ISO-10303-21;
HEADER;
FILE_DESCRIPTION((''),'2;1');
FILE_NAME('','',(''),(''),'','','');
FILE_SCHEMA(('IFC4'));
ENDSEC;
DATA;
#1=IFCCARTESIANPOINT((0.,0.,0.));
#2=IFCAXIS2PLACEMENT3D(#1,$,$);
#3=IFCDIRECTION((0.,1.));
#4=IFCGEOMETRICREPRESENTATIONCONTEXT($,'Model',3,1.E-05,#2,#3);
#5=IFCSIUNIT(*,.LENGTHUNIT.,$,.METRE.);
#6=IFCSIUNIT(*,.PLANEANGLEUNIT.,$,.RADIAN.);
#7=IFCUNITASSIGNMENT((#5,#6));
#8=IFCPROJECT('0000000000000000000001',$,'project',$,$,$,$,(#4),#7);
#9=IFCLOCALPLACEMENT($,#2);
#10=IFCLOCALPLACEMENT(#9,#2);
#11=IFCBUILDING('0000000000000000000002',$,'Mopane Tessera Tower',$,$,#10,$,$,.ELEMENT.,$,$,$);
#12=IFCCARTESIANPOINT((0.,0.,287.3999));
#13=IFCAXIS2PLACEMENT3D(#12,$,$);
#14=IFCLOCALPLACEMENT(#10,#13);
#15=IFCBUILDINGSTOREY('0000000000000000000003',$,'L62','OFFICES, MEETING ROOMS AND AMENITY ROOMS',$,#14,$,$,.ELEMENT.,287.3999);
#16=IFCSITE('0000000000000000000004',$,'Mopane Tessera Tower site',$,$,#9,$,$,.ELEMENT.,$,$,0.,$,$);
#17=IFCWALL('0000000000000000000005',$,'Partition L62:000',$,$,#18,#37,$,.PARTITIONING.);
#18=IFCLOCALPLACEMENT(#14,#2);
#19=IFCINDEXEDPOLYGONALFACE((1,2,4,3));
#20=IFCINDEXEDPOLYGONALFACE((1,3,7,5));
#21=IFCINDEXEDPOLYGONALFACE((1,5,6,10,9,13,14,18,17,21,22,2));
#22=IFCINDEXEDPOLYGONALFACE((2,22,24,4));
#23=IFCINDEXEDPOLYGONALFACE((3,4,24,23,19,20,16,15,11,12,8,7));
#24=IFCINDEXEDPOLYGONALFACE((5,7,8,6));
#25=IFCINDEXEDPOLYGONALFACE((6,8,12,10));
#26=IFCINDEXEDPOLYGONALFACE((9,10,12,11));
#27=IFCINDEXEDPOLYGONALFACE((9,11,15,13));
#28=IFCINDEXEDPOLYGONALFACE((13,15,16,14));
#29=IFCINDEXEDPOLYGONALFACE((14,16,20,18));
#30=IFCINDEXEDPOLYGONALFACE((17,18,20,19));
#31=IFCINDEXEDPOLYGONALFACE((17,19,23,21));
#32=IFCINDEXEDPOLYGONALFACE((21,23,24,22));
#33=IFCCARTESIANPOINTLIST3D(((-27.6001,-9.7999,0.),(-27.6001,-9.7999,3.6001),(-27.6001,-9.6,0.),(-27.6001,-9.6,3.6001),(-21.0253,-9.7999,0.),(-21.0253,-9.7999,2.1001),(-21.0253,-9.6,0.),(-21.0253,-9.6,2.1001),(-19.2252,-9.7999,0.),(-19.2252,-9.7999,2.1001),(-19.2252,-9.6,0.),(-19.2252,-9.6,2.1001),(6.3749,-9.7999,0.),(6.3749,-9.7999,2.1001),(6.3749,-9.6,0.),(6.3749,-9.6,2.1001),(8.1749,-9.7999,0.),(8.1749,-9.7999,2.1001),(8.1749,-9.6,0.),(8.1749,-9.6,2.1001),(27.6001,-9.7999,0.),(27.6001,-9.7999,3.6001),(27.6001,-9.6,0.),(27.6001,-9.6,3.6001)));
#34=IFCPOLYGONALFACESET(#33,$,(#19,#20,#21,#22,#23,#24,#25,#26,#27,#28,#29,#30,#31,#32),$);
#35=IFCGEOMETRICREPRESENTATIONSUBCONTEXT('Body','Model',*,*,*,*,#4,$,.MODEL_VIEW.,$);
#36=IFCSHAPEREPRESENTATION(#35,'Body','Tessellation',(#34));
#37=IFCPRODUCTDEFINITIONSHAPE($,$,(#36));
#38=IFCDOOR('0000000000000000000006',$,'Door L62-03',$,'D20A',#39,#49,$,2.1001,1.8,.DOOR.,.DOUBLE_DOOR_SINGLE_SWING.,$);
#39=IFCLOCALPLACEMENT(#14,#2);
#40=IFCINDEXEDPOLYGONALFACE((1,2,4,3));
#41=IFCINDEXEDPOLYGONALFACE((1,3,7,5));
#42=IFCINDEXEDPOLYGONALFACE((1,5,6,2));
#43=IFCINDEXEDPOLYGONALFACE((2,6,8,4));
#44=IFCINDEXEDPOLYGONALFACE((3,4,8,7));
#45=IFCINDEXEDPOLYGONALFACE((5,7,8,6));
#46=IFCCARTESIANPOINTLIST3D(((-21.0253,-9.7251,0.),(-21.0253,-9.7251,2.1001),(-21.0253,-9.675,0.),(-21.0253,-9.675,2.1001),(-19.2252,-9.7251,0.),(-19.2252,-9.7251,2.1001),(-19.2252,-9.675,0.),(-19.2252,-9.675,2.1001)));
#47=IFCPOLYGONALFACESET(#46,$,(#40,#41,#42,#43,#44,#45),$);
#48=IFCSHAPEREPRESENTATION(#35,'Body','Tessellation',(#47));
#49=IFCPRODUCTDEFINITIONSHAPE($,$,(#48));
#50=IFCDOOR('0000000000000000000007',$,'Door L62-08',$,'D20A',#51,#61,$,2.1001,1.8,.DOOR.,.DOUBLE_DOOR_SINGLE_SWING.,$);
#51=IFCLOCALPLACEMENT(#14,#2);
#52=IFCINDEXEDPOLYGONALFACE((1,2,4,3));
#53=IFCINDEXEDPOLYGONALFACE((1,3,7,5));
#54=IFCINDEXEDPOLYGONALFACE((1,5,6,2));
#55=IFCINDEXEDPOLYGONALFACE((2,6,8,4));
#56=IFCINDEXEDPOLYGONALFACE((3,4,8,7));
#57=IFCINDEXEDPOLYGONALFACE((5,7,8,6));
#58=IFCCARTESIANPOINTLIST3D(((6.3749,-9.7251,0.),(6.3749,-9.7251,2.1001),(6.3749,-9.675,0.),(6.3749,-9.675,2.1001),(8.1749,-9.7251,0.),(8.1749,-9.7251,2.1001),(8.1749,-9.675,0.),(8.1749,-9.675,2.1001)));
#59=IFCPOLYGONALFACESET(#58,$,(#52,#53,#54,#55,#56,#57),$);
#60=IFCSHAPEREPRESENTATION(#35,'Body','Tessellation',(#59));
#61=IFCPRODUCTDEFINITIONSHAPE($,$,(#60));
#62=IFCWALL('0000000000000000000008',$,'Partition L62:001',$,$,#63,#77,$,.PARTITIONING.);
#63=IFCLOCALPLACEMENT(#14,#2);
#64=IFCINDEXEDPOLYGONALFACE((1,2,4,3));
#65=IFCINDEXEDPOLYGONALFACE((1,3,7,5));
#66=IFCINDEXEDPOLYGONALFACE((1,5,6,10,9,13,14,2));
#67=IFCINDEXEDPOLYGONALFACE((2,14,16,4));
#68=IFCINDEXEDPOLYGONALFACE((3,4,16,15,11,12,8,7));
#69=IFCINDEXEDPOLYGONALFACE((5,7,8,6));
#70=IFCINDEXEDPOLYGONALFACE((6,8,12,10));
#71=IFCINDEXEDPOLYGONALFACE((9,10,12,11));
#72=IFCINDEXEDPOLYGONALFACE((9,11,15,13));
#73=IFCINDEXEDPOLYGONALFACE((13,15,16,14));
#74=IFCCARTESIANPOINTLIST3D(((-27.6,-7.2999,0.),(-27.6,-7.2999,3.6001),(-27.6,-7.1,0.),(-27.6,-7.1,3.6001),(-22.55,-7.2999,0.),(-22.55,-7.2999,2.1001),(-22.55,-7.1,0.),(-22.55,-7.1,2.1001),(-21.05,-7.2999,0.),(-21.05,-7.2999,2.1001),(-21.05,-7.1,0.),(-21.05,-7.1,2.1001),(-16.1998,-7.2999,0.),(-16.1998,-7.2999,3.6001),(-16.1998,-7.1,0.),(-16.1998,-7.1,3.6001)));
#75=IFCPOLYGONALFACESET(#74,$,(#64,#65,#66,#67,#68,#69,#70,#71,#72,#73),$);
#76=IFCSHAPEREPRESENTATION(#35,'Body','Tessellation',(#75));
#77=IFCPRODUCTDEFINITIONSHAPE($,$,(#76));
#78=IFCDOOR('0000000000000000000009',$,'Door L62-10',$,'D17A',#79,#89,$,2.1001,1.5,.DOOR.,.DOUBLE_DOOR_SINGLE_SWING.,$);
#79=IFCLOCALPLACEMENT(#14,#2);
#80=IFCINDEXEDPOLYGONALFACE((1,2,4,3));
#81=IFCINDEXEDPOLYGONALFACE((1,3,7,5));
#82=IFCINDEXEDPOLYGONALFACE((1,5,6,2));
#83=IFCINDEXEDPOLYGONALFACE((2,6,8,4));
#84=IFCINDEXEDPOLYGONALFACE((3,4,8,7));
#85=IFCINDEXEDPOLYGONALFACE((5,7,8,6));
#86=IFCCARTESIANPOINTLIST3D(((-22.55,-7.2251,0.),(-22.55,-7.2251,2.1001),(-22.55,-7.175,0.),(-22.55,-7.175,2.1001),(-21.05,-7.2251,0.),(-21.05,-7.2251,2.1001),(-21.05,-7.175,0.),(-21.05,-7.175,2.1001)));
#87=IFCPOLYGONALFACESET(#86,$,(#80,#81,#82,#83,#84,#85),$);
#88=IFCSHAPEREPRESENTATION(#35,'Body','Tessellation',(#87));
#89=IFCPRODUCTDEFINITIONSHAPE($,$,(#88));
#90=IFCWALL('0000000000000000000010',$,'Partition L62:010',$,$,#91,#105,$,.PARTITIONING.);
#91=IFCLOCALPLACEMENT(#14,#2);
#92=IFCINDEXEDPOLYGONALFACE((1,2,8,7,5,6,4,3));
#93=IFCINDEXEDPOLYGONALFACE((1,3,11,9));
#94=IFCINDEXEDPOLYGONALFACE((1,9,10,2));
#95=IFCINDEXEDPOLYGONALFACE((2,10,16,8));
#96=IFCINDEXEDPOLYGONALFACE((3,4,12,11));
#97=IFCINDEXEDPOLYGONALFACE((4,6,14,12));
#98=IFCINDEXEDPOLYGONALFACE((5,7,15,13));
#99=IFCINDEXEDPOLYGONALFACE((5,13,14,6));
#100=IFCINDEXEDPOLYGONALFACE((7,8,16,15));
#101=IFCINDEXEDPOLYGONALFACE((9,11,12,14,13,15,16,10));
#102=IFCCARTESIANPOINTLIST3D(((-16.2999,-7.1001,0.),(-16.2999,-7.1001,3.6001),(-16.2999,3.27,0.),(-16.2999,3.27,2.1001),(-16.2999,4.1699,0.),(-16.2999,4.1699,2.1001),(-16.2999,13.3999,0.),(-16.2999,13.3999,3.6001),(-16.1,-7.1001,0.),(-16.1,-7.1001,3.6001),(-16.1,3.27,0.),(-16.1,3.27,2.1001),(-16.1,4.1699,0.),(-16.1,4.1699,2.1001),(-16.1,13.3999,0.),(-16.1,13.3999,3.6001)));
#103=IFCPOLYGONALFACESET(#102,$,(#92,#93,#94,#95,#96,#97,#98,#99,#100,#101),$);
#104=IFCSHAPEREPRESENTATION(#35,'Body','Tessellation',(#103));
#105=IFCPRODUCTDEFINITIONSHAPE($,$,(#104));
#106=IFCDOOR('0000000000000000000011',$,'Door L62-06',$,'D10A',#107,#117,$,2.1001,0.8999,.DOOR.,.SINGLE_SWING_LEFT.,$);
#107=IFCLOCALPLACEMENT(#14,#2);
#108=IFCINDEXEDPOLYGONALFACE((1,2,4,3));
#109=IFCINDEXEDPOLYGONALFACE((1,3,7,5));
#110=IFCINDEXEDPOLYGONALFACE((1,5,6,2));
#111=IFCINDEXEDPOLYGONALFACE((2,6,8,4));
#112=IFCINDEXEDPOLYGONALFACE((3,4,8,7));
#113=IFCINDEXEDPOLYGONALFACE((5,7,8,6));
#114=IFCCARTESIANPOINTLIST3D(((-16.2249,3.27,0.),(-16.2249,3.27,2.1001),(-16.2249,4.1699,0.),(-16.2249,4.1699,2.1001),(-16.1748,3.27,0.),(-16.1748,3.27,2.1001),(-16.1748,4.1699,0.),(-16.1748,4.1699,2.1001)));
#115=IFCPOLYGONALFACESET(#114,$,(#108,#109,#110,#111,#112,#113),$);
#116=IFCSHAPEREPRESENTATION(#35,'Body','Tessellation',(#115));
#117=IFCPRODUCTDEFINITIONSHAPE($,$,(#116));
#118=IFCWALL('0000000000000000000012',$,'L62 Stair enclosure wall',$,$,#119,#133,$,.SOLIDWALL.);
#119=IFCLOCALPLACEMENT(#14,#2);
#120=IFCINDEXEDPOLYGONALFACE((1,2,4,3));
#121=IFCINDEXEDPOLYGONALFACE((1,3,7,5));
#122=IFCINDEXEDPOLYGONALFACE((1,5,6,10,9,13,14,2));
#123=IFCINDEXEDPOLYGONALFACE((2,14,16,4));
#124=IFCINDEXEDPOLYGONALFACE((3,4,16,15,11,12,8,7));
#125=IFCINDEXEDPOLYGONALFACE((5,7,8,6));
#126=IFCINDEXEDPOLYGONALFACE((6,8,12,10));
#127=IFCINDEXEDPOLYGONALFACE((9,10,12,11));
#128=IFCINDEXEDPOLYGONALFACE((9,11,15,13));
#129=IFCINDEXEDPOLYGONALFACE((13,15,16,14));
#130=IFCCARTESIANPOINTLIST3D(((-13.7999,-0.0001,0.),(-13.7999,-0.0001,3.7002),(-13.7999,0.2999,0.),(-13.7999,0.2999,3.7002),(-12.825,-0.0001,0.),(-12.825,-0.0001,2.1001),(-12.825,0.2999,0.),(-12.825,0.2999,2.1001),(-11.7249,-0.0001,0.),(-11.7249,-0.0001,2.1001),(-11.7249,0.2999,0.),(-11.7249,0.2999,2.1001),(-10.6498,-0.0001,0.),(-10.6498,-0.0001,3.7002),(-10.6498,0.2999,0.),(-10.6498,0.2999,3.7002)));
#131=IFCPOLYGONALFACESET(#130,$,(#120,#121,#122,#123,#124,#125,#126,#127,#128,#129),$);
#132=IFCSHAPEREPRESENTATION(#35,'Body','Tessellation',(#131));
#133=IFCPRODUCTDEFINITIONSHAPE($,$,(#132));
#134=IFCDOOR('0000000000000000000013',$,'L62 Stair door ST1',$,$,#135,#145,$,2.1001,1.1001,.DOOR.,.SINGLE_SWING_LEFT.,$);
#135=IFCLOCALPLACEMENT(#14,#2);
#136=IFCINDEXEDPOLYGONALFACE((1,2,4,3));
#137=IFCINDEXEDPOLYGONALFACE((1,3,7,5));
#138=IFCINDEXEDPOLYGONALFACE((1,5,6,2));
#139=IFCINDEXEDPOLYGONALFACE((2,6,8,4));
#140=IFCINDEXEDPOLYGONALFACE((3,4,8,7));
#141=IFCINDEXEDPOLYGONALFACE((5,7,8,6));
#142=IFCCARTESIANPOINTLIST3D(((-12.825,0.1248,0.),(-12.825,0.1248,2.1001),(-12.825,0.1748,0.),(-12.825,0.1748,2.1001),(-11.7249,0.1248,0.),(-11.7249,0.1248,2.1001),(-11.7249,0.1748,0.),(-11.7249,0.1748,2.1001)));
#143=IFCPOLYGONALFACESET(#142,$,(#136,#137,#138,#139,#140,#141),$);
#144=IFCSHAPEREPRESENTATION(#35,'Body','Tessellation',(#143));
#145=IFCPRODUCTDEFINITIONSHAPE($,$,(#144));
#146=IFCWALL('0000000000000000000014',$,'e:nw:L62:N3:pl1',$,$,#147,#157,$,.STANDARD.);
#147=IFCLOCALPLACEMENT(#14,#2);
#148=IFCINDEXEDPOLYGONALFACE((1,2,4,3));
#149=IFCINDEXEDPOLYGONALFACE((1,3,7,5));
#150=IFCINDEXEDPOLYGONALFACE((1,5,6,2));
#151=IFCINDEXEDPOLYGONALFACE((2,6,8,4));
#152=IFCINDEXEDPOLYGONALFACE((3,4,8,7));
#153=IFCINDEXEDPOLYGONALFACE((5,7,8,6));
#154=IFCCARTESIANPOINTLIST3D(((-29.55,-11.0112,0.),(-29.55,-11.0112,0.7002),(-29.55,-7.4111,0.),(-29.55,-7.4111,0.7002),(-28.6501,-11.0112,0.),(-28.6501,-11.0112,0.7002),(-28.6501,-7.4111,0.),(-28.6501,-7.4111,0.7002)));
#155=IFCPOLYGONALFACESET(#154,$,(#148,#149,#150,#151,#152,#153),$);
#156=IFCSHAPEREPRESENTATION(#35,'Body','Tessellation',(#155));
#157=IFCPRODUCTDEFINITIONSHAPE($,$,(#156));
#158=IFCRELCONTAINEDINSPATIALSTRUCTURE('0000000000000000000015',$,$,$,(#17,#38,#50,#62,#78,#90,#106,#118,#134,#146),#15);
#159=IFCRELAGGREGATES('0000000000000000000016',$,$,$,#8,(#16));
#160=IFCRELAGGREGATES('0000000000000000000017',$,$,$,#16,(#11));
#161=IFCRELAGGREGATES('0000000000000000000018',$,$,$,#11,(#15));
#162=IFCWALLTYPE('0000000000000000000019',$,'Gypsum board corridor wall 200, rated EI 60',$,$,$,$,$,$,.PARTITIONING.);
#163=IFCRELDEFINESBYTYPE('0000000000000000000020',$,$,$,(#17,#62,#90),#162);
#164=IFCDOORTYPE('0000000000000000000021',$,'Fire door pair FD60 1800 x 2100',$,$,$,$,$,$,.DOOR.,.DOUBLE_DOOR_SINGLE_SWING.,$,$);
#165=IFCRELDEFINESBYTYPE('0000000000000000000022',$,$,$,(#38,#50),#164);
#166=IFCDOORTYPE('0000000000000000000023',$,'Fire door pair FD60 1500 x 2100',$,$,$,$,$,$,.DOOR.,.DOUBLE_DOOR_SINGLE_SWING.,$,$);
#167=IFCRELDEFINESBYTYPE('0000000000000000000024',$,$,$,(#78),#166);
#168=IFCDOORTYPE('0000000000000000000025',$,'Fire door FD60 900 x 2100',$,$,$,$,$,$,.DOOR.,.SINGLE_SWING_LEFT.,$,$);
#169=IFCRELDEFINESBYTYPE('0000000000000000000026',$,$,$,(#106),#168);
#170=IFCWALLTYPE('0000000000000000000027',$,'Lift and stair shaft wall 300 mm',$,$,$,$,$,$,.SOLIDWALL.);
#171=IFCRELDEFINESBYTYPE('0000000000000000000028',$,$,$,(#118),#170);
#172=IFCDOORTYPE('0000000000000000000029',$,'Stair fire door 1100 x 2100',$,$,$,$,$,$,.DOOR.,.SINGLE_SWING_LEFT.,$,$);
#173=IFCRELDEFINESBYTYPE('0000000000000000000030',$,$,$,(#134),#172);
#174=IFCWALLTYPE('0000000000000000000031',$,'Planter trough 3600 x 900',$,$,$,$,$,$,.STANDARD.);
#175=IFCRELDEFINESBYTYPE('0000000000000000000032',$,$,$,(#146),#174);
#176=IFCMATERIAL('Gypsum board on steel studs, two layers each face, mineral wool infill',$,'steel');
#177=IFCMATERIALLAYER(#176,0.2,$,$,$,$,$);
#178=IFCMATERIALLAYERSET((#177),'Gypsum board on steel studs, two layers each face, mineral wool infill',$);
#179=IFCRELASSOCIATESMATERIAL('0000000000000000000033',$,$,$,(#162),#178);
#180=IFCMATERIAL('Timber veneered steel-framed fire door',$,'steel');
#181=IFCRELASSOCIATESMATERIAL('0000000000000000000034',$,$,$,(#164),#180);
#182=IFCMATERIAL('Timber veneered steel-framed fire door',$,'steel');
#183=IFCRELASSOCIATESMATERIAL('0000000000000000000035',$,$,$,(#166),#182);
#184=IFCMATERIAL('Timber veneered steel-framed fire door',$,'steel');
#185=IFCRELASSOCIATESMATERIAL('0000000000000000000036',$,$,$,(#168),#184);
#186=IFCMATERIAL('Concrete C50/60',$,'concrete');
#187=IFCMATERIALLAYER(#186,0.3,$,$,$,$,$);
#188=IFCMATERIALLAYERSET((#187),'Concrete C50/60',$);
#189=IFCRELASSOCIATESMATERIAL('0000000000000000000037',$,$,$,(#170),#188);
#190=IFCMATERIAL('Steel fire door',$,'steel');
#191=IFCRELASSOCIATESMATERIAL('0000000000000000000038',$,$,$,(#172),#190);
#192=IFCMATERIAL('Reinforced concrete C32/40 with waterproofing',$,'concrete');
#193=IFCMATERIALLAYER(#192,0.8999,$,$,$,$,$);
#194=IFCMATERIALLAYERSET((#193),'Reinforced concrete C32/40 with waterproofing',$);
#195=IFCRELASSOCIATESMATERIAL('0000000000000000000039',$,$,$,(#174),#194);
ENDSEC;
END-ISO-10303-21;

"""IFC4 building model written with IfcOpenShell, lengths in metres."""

from ifc_helpers import new_model, si_unit, direction, frame, frame_2d, origin, place, context, subcontext, project, spatial, rectangle, extrude, material, layer, layer_set, type_object, element, fill, save


model = new_model("IFC4")

# Units and contexts
model_context = context("Model", 3, precision=1e-05, world=origin(), true_north=direction((0.0, 1.0)))
body_context = subcontext(model_context, "Body", "Model", "MODEL_VIEW")
ifc_project = project(units=[si_unit("LENGTHUNIT", "METRE"), si_unit("PLANEANGLEUNIT", "RADIAN")], contexts=[model_context])

# Site, building, storey
site_placement = place(None, origin())
site = spatial("IfcSite", under=ifc_project, at=site_placement, Name="Mopane Tessera Tower site", CompositionType="ELEMENT", RefElevation=0.0)
building_placement = place(site_placement, origin())
building = spatial("IfcBuilding", under=site, at=building_placement, Name="Mopane Tessera Tower", CompositionType="ELEMENT")
storey_placement = place(building_placement, frame((0.0, 0.0, 287.3999)))
storey = spatial("IfcBuildingStorey", under=building, at=storey_placement, Name="L62", Description="OFFICES, MEETING ROOMS AND AMENITY ROOMS", CompositionType="ELEMENT", Elevation=287.3999)

# Wall, openings, doors
ifc_material_1 = material(Name="Gypsum board on steel studs, two layers each face, mineral wool infill", Category="steel")
ifc_layer_1 = layer(ifc_material_1, 0.2)
ifc_layer_set_1 = layer_set([ifc_layer_1], Name="Gypsum board on steel studs, two layers each face, mineral wool infill")
wall_type_1 = type_object("IfcWallType", Name="Gypsum board corridor wall 200, rated EI 60", PredefinedType="PARTITIONING", material=ifc_layer_set_1)
wall_1_placement = place(storey_placement, frame((-27.6001, -9.7, 0.0), z_axis=(0.0, 0.0, 1.0), x_axis=(1.0, 0.0, 0.0)))
wall_1 = element("IfcWall", 1, at=wall_1_placement, inside=storey, type_object=wall_type_1, Name="Partition L62:000", PredefinedType="PARTITIONING", context=body_context, shape_type="SweptSolid", body=[
    extrude(rectangle(XDim=55.2002, YDim=0.2, at=frame_2d((27.6001, 0.0))), origin(), (0.0, 0.0, 1.0), 3.6001),
])
opening_1_placement = place(wall_1_placement, frame((6.575, 0.0, 0.0)))
opening_1 = element("IfcOpeningElement", 2, at=opening_1_placement, cuts=wall_1, PredefinedType="OPENING", context=body_context, shape_type="SweptSolid", body=[
    extrude(rectangle(XDim=1.8, YDim=2.1001, at=frame_2d((0.8999, 1.05))), frame((0.0, 0.1121, 0.0), z_axis=(0.0, -1.0, 0.0), x_axis=(1.0, 0.0, 0.0)), (0.0, 0.0, 1.0), 0.2239),
])
opening_2_placement = place(wall_1_placement, frame((33.9751, 0.0, 0.0)))
opening_2 = element("IfcOpeningElement", 3, at=opening_2_placement, cuts=wall_1, PredefinedType="OPENING", context=body_context, shape_type="SweptSolid", body=[
    extrude(rectangle(XDim=1.8, YDim=2.1001, at=frame_2d((0.8999, 1.05))), frame((0.0, 0.1121, 0.0), z_axis=(0.0, -1.0, 0.0), x_axis=(1.0, 0.0, 0.0)), (0.0, 0.0, 1.0), 0.2239),
])
ifc_material_2 = material(Name="Timber veneered steel-framed fire door", Category="steel")
door_type_1 = type_object("IfcDoorType", Name="Fire door pair FD60 1800 x 2100", OperationType="DOUBLE_DOOR_SINGLE_SWING", PredefinedType="DOOR", material=ifc_material_2)
door_1_placement = place(opening_1_placement, origin())
door_1 = element("IfcDoor", 4, at=door_1_placement, inside=storey, type_object=door_type_1, Name="Door L62-03", ObjectType="D20A", OperationType="DOUBLE_DOOR_SINGLE_SWING", OverallHeight=2.1001, OverallWidth=1.8, PredefinedType="DOOR", context=body_context, shape_type="SweptSolid", body=[
    extrude(rectangle(XDim=1.8, YDim=2.1001, at=frame_2d((0.8999, 1.05))), frame((0.0, 0.0249, 0.0), z_axis=(0.0, -1.0, 0.0), x_axis=(1.0, 0.0, 0.0)), (0.0, 0.0, 1.0), 0.05),
])
fill(opening_1, door_1)
door_2_placement = place(opening_2_placement, origin())
door_2 = element("IfcDoor", 5, at=door_2_placement, inside=storey, type_object=door_type_1, Name="Door L62-08", ObjectType="D20A", OperationType="DOUBLE_DOOR_SINGLE_SWING", OverallHeight=2.1001, OverallWidth=1.8, PredefinedType="DOOR", context=body_context, shape_type="SweptSolid", body=[
    extrude(rectangle(XDim=1.8, YDim=2.1001, at=frame_2d((0.8999, 1.05))), frame((0.0, 0.0249, 0.0), z_axis=(0.0, -1.0, 0.0), x_axis=(1.0, 0.0, 0.0)), (0.0, 0.0, 1.0), 0.05),
])
fill(opening_2, door_2)

# Walls, openings, doors
wall_2_placement = place(storey_placement, frame((-27.6001, -7.2, 0.0), z_axis=(0.0, 0.0, 1.0), x_axis=(1.0, 0.0, 0.0)))
wall_2 = element("IfcWall", 6, at=wall_2_placement, inside=storey, type_object=wall_type_1, Name="Partition L62:001", PredefinedType="PARTITIONING", context=body_context, shape_type="SweptSolid", body=[
    extrude(rectangle(XDim=11.4001, YDim=0.2, at=frame_2d((5.7002, 0.0))), origin(), (0.0, 0.0, 1.0), 3.6001),
])
opening_3_placement = place(wall_2_placement, frame((5.05, 0.0, 0.0)))
opening_3 = element("IfcOpeningElement", 7, at=opening_3_placement, cuts=wall_2, PredefinedType="OPENING", context=body_context, shape_type="SweptSolid", body=[
    extrude(rectangle(XDim=1.5, YDim=2.1001, at=frame_2d((0.75, 1.05))), frame((0.0, 0.1121, 0.0), z_axis=(0.0, -1.0, 0.0), x_axis=(1.0, 0.0, 0.0)), (0.0, 0.0, 1.0), 0.2239),
])
ifc_material_3 = material(Name="Timber veneered steel-framed fire door", Category="steel")
door_type_2 = type_object("IfcDoorType", Name="Fire door pair FD60 1500 x 2100", OperationType="DOUBLE_DOOR_SINGLE_SWING", PredefinedType="DOOR", material=ifc_material_3)
door_3_placement = place(opening_3_placement, origin())
door_3 = element("IfcDoor", 8, at=door_3_placement, inside=storey, type_object=door_type_2, Name="Door L62-10", ObjectType="D17A", OperationType="DOUBLE_DOOR_SINGLE_SWING", OverallHeight=2.1001, OverallWidth=1.5, PredefinedType="DOOR", context=body_context, shape_type="SweptSolid", body=[
    extrude(rectangle(XDim=1.5, YDim=2.1001, at=frame_2d((0.75, 1.05))), frame((0.0, 0.0249, 0.0), z_axis=(0.0, -1.0, 0.0), x_axis=(1.0, 0.0, 0.0)), (0.0, 0.0, 1.0), 0.05),
])
fill(opening_3, door_3)
wall_3_placement = place(storey_placement, frame((-16.2, -7.1001, 0.0), z_axis=(0.0, 0.0, 1.0), x_axis=(0.0, 1.0, 0.0)))
wall_3 = element("IfcWall", 9, at=wall_3_placement, inside=storey, type_object=wall_type_1, Name="Partition L62:010", PredefinedType="PARTITIONING", context=body_context, shape_type="SweptSolid", body=[
    extrude(rectangle(XDim=20.5, YDim=0.2, at=frame_2d((10.25, 0.0))), origin(), (0.0, 0.0, 1.0), 3.6001),
])
opening_4_placement = place(wall_3_placement, frame((10.3701, 0.0, 0.0)))
opening_4 = element("IfcOpeningElement", 10, at=opening_4_placement, cuts=wall_3, PredefinedType="OPENING", context=body_context, shape_type="SweptSolid", body=[
    extrude(rectangle(XDim=0.8999, YDim=2.1001, at=frame_2d((0.45, 1.05))), frame((0.0, 0.1121, 0.0), z_axis=(0.0, -1.0, 0.0), x_axis=(1.0, 0.0, 0.0)), (0.0, 0.0, 1.0), 0.2239),
])
ifc_material_4 = material(Name="Timber veneered steel-framed fire door", Category="steel")
door_type_3 = type_object("IfcDoorType", Name="Fire door FD60 900 x 2100", OperationType="SINGLE_SWING_LEFT", PredefinedType="DOOR", material=ifc_material_4)
door_4_placement = place(opening_4_placement, origin())
door_4 = element("IfcDoor", 11, at=door_4_placement, inside=storey, type_object=door_type_3, Name="Door L62-06", ObjectType="D10A", OperationType="SINGLE_SWING_LEFT", OverallHeight=2.1001, OverallWidth=0.8999, PredefinedType="DOOR", context=body_context, shape_type="SweptSolid", body=[
    extrude(rectangle(XDim=0.8999, YDim=2.1001, at=frame_2d((0.45, 1.05))), frame((0.0, 0.0249, 0.0), z_axis=(0.0, -1.0, 0.0), x_axis=(1.0, 0.0, 0.0)), (0.0, 0.0, 1.0), 0.05),
])
fill(opening_4, door_4)
ifc_material_5 = material(Name="Concrete C50/60", Category="concrete")
ifc_layer_2 = layer(ifc_material_5, 0.3)
ifc_layer_set_2 = layer_set([ifc_layer_2], Name="Concrete C50/60")
wall_type_2 = type_object("IfcWallType", Name="Lift and stair shaft wall 300 mm", PredefinedType="SOLIDWALL", material=ifc_layer_set_2)
wall_4_placement = place(storey_placement, frame((-13.8, 0.1499, 0.0), z_axis=(0.0, 0.0, 1.0), x_axis=(1.0, 0.0, 0.0)))
wall_4 = element("IfcWall", 12, at=wall_4_placement, inside=storey, type_object=wall_type_2, Name="L62 Stair enclosure wall", PredefinedType="SOLIDWALL", context=body_context, shape_type="SweptSolid", body=[
    extrude(rectangle(XDim=3.1501, YDim=0.3, at=frame_2d((1.5752, 0.0))), origin(), (0.0, 0.0, 1.0), 3.7002),
])
opening_5_placement = place(wall_4_placement, frame((0.9751, 0.0, 0.0)))
opening_5 = element("IfcOpeningElement", 13, at=opening_5_placement, cuts=wall_4, PredefinedType="OPENING", context=body_context, shape_type="SweptSolid", body=[
    extrude(rectangle(XDim=1.1001, YDim=2.1001, at=frame_2d((0.55, 1.05))), frame((0.0, 0.1621, 0.0), z_axis=(0.0, -1.0, 0.0), x_axis=(1.0, 0.0, 0.0)), (0.0, 0.0, 1.0), 0.324),
])
ifc_material_6 = material(Name="Steel fire door", Category="steel")
door_type_4 = type_object("IfcDoorType", Name="Stair fire door 1100 x 2100", OperationType="SINGLE_SWING_LEFT", PredefinedType="DOOR", material=ifc_material_6)
door_5_placement = place(opening_5_placement, origin())
door_5 = element("IfcDoor", 14, at=door_5_placement, inside=storey, type_object=door_type_4, Name="L62 Stair door ST1", OperationType="SINGLE_SWING_LEFT", OverallHeight=2.1001, OverallWidth=1.1001, PredefinedType="DOOR", context=body_context, shape_type="SweptSolid", body=[
    extrude(rectangle(XDim=1.1001, YDim=2.1001, at=frame_2d((0.55, 1.05))), frame((0.0, 0.0249, 0.0), z_axis=(0.0, -1.0, 0.0), x_axis=(1.0, 0.0, 0.0)), (0.0, 0.0, 1.0), 0.05),
])
fill(opening_5, door_5)

# Wall
ifc_material_7 = material(Name="Reinforced concrete C32/40 with waterproofing", Category="concrete")
ifc_layer_3 = layer(ifc_material_7, 0.8999)
ifc_layer_set_3 = layer_set([ifc_layer_3], Name="Reinforced concrete C32/40 with waterproofing")
wall_type_3 = type_object("IfcWallType", Name="Planter trough 3600 x 900", PredefinedType="STANDARD", material=ifc_layer_set_3)
wall_5_placement = place(storey_placement, frame((-29.1001, -7.4111, 0.0), z_axis=(0.0, 0.0, 1.0), x_axis=(0.0, -1.0, 0.0)))
element("IfcWall", 15, at=wall_5_placement, inside=storey, type_object=wall_type_3, Name="e:nw:L62:N3:pl1", PredefinedType="STANDARD", context=body_context, shape_type="SweptSolid", body=[
    extrude(rectangle(XDim=3.6001, YDim=0.8999, at=frame_2d((1.8, 0.0))), origin(), (0.0, 0.0, 1.0), 0.7002),
])

save(model, "model.ifc")
